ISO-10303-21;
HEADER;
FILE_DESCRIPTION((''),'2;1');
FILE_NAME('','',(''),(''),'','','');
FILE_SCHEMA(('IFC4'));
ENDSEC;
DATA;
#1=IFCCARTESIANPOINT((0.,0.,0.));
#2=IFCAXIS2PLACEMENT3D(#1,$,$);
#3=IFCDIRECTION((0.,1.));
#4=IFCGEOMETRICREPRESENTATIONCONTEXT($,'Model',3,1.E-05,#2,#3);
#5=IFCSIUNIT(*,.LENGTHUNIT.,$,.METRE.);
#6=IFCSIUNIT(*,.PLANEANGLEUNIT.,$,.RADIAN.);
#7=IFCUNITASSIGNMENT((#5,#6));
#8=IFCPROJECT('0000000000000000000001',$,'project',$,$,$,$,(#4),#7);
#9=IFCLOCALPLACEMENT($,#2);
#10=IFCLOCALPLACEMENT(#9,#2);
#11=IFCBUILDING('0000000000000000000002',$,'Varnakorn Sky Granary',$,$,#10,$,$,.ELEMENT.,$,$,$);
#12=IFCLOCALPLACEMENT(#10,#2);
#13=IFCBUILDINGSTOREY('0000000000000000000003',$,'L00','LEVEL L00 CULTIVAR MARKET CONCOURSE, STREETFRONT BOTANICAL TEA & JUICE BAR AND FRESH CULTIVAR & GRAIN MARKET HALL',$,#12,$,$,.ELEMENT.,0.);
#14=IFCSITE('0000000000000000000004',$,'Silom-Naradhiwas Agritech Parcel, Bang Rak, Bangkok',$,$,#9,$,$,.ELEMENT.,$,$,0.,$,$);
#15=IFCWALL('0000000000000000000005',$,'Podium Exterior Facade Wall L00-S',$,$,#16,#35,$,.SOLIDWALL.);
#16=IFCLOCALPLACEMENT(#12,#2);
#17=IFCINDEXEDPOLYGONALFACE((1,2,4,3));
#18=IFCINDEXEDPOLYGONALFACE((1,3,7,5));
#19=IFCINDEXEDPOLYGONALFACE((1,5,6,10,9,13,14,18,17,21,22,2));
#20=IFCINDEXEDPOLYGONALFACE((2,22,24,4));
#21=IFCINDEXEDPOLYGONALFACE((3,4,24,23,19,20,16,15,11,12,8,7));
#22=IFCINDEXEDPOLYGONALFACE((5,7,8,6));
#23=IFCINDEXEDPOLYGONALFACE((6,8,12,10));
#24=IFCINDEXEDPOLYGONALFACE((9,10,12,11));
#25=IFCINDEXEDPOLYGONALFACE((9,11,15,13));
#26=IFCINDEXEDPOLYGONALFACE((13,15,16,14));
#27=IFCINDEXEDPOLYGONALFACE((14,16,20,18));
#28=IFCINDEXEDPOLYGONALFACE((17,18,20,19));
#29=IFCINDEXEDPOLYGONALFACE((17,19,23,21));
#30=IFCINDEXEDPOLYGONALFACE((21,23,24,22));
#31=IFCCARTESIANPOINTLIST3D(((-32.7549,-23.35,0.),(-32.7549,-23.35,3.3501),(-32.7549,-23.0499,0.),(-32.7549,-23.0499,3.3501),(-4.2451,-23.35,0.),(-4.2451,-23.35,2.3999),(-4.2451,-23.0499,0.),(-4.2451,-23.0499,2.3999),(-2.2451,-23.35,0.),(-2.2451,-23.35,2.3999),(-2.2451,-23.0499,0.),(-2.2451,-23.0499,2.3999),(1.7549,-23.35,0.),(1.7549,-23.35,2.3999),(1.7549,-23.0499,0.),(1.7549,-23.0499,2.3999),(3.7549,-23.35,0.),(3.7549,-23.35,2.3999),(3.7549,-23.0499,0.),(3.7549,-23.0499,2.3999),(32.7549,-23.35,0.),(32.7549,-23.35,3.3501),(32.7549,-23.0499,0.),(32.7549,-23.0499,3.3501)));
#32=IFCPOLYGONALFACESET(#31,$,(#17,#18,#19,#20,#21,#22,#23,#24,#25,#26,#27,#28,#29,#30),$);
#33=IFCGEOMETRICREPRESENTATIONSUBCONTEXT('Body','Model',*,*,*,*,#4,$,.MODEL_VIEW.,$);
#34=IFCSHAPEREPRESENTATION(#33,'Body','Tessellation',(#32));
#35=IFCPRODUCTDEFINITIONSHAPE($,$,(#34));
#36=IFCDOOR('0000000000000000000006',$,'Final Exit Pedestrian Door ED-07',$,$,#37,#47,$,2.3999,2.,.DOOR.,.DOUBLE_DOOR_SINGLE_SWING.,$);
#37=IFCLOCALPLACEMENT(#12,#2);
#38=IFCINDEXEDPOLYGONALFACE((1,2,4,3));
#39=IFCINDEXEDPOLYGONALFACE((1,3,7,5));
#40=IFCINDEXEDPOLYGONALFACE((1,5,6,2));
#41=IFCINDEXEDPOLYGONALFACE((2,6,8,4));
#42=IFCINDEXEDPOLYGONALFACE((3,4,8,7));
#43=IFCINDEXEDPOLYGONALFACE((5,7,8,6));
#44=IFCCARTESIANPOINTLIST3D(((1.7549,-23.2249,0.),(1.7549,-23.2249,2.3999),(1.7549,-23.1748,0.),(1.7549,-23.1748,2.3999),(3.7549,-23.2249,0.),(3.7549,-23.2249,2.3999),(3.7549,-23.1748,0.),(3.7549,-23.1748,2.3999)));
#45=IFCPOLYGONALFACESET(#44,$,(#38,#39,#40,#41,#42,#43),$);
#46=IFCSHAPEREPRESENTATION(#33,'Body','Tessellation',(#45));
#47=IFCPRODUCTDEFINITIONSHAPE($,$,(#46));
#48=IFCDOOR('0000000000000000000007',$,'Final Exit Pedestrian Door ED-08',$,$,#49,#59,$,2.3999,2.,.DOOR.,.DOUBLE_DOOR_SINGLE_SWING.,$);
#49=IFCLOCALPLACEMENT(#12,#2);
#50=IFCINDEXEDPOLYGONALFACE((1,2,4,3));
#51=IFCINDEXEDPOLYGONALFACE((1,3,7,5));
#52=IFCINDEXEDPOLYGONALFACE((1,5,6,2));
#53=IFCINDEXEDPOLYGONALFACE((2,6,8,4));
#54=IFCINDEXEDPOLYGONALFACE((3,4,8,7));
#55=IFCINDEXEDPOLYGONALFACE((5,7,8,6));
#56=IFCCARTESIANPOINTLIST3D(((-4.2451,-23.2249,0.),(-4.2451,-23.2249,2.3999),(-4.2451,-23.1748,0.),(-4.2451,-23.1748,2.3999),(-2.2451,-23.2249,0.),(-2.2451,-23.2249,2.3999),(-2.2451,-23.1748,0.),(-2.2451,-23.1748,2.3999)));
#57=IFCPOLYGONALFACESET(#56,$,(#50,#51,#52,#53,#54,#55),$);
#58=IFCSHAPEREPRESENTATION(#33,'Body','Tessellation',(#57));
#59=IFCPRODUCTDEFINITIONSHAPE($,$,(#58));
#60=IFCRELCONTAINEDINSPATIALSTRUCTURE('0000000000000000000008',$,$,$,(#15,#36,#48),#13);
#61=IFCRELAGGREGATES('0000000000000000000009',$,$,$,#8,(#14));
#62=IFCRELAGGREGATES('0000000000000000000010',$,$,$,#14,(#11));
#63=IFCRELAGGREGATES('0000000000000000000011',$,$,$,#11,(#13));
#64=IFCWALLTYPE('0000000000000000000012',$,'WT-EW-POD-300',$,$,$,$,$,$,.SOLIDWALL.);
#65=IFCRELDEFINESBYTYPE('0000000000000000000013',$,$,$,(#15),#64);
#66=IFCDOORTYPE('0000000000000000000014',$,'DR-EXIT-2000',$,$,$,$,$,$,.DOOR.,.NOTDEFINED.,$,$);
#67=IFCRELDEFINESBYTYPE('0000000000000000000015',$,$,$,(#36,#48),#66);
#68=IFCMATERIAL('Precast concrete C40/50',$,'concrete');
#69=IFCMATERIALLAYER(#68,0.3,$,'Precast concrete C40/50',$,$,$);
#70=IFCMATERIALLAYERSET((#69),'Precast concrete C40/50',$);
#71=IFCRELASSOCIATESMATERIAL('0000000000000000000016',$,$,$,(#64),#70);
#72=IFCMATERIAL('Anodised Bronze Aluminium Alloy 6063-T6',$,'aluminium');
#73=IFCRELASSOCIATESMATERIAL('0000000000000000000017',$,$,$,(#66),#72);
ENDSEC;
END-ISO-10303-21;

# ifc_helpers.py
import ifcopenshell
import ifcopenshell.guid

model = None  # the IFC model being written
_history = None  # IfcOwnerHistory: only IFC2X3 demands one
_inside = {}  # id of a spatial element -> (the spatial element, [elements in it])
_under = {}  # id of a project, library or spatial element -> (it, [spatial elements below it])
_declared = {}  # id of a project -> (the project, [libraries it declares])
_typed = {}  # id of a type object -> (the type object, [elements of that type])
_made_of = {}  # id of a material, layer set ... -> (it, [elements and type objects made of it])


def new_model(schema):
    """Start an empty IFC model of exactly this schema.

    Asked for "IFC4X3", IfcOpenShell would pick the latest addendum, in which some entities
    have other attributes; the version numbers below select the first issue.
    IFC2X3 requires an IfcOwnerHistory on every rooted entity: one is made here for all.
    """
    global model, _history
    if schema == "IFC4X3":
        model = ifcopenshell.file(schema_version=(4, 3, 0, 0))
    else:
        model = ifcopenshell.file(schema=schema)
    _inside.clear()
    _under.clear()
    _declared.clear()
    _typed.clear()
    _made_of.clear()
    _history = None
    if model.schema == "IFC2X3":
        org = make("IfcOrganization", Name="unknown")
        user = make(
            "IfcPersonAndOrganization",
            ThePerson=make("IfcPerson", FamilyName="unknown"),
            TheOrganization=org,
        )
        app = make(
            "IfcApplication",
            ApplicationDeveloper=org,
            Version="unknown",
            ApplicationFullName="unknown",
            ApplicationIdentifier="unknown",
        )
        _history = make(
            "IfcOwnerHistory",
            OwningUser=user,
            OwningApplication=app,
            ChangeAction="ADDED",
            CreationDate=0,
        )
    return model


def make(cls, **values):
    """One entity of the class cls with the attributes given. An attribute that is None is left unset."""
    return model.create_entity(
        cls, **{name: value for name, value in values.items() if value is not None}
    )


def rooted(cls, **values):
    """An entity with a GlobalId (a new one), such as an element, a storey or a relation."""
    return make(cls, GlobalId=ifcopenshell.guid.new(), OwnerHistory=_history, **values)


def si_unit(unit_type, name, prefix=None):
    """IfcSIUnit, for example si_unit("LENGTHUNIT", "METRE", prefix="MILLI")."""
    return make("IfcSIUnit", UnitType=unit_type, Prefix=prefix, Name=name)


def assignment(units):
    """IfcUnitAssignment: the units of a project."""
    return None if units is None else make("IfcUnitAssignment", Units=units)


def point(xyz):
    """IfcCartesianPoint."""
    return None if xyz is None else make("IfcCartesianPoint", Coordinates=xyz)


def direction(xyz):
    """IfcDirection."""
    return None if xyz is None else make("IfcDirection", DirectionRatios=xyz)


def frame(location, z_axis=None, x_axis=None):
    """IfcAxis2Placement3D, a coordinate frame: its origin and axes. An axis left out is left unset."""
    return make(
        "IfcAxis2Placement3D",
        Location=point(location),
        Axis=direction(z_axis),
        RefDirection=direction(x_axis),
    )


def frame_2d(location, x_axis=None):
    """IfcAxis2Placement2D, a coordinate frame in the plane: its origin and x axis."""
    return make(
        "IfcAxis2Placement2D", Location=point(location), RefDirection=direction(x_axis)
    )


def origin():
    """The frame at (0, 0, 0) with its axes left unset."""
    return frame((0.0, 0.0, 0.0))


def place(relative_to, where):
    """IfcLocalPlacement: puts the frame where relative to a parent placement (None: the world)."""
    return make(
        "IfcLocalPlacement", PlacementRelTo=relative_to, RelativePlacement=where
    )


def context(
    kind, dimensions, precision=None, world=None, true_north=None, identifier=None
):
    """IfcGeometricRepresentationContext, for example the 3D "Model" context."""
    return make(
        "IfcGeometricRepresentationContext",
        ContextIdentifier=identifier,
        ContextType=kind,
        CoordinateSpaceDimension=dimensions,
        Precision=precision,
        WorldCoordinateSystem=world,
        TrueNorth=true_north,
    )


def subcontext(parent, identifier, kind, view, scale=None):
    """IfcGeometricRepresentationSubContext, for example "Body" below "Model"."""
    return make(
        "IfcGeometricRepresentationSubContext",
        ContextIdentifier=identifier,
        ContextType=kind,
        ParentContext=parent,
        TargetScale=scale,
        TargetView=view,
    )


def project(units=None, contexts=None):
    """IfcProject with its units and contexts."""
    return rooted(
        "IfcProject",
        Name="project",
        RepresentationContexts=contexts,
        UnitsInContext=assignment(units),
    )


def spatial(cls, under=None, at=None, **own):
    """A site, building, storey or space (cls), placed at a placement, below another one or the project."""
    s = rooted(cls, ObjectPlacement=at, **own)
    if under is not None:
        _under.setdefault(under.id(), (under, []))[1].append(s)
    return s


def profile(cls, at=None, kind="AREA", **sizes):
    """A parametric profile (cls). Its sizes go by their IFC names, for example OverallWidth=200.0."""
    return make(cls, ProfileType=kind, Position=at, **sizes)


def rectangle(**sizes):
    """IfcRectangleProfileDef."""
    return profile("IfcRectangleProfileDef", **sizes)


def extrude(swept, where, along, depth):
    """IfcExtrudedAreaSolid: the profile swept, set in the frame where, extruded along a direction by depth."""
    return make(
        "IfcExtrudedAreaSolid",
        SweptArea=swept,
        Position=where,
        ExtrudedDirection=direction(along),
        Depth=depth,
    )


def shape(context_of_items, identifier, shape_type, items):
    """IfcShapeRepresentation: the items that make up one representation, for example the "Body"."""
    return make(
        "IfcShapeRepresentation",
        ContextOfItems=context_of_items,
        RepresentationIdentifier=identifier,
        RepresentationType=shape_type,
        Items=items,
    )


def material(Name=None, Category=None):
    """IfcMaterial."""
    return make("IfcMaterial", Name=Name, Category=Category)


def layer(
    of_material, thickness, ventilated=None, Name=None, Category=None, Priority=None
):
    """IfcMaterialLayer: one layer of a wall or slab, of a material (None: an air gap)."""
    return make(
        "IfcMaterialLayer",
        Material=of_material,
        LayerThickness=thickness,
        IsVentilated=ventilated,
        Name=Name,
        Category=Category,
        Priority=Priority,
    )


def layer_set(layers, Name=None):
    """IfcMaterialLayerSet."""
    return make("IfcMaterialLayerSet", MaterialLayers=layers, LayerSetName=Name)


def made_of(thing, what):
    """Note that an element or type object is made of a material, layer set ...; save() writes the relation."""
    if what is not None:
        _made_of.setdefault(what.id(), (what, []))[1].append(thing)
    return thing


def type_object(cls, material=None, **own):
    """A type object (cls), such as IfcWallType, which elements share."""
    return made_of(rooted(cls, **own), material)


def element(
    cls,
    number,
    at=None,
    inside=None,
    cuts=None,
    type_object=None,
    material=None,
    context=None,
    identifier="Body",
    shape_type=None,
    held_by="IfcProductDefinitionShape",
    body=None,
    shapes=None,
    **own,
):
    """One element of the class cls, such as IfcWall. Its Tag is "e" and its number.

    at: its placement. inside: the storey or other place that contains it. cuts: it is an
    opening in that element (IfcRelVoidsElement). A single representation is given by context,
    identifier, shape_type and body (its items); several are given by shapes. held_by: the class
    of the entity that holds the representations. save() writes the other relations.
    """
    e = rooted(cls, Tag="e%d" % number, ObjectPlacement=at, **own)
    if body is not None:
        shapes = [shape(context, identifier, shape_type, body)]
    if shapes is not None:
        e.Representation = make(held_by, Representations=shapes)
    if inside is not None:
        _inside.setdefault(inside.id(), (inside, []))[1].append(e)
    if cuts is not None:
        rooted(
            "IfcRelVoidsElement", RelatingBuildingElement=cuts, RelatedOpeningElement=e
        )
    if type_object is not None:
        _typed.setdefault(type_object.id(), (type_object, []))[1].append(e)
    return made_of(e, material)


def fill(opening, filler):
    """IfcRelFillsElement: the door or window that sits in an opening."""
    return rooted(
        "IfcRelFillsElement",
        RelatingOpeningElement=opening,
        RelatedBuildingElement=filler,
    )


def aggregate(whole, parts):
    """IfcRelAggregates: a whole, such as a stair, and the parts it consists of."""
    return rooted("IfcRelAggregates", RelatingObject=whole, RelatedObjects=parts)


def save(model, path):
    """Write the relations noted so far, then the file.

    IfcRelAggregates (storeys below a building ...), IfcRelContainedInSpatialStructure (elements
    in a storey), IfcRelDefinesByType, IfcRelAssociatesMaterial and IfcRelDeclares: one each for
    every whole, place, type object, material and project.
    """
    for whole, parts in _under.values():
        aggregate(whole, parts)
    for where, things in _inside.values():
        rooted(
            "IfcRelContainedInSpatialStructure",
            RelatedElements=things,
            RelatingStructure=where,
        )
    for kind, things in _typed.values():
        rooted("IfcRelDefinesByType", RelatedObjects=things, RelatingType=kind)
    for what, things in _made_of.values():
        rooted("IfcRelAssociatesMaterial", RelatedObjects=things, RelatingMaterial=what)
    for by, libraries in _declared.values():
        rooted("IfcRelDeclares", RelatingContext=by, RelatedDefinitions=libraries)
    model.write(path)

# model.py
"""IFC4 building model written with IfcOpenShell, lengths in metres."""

from ifc_helpers import new_model, si_unit, direction, frame, frame_2d, origin, place, context, subcontext, project, spatial, rectangle, extrude, material, layer, layer_set, type_object, element, fill, save


model = new_model("IFC4")

# Units and contexts
model_context = context("Model", 3, precision=1e-05, world=origin(), true_north=direction((0.0, 1.0)))
body_context = subcontext(model_context, "Body", "Model", "MODEL_VIEW")
ifc_project = project(units=[si_unit("LENGTHUNIT", "METRE"), si_unit("PLANEANGLEUNIT", "RADIAN")], contexts=[model_context])

# Site, building, storey
site_placement = place(None, origin())
site = spatial("IfcSite", under=ifc_project, at=site_placement, Name="Silom-Naradhiwas Agritech Parcel, Bang Rak, Bangkok", CompositionType="ELEMENT", RefElevation=0.0)
building_placement = place(site_placement, origin())
building = spatial("IfcBuilding", under=site, at=building_placement, Name="Varnakorn Sky Granary", CompositionType="ELEMENT")
storey_placement = place(building_placement, origin())
storey = spatial("IfcBuildingStorey", under=building, at=storey_placement, Name="L00", Description="LEVEL L00 CULTIVAR MARKET CONCOURSE, STREETFRONT BOTANICAL TEA & JUICE BAR AND FRESH CULTIVAR & GRAIN MARKET HALL", CompositionType="ELEMENT", Elevation=0.0)

# Wall, openings, doors
ifc_material_1 = material(Name="Precast concrete C40/50", Category="concrete")
ifc_layer = layer(ifc_material_1, 0.3, Name="Precast concrete C40/50")
ifc_layer_set = layer_set([ifc_layer], Name="Precast concrete C40/50")
wall_type = type_object("IfcWallType", Name="WT-EW-POD-300", PredefinedType="SOLIDWALL", material=ifc_layer_set)
wall_placement = place(storey_placement, frame((32.7549, -23.2, 0.0), z_axis=(0.0, 0.0, 1.0), x_axis=(-1.0, 0.0, 0.0)))
wall = element("IfcWall", 1, at=wall_placement, inside=storey, type_object=wall_type, Name="Podium Exterior Facade Wall L00-S", PredefinedType="SOLIDWALL", context=body_context, shape_type="SweptSolid", body=[
    extrude(rectangle(XDim=65.5098, YDim=0.3, at=frame_2d((32.7549, 0.0))), origin(), (0.0, 0.0, 1.0), 3.3501),
])
opening_1_placement = place(wall_placement, frame((29.0, 0.0, 0.0)))
opening_1 = element("IfcOpeningElement", 2, at=opening_1_placement, cuts=wall, PredefinedType="OPENING", context=body_context, shape_type="SweptSolid", body=[
    extrude(rectangle(XDim=2.0, YDim=2.3999, at=frame_2d((1.0, 1.2))), frame((0.0, 0.1602, 0.0), z_axis=(0.0, -1.0, 0.0), x_axis=(1.0, 0.0, 0.0)), (0.0, 0.0, 1.0), 0.3201),
])
opening_2_placement = place(wall_placement, frame((35.0, 0.0, 0.0)))
opening_2 = element("IfcOpeningElement", 3, at=opening_2_placement, cuts=wall, PredefinedType="OPENING", context=body_context, shape_type="SweptSolid", body=[
    extrude(rectangle(XDim=2.0, YDim=2.3999, at=frame_2d((1.0, 1.2))), frame((0.0, 0.1602, 0.0), z_axis=(0.0, -1.0, 0.0), x_axis=(1.0, 0.0, 0.0)), (0.0, 0.0, 1.0), 0.3201),
])
ifc_material_2 = material(Name="Anodised Bronze Aluminium Alloy 6063-T6", Category="aluminium")
door_type = type_object("IfcDoorType", Name="DR-EXIT-2000", OperationType="NOTDEFINED", PredefinedType="DOOR", material=ifc_material_2)
door_1_placement = place(opening_1_placement, origin())
door_1 = element("IfcDoor", 4, at=door_1_placement, inside=storey, type_object=door_type, Name="Final Exit Pedestrian Door ED-07", OperationType="DOUBLE_DOOR_SINGLE_SWING", OverallHeight=2.3999, OverallWidth=2.0, PredefinedType="DOOR", context=body_context, shape_type="SweptSolid", body=[
    extrude(rectangle(XDim=2.0, YDim=2.3999, at=frame_2d((1.0, 1.2))), frame((0.0, 0.0249, 0.0), z_axis=(0.0, -1.0, 0.0), x_axis=(1.0, 0.0, 0.0)), (0.0, 0.0, 1.0), 0.05),
])
fill(opening_1, door_1)
door_2_placement = place(opening_2_placement, origin())
door_2 = element("IfcDoor", 5, at=door_2_placement, inside=storey, type_object=door_type, Name="Final Exit Pedestrian Door ED-08", OperationType="DOUBLE_DOOR_SINGLE_SWING", OverallHeight=2.3999, OverallWidth=2.0, PredefinedType="DOOR", context=body_context, shape_type="SweptSolid", body=[
    extrude(rectangle(XDim=2.0, YDim=2.3999, at=frame_2d((1.0, 1.2))), frame((0.0, 0.0249, 0.0), z_axis=(0.0, -1.0, 0.0), x_axis=(1.0, 0.0, 0.0)), (0.0, 0.0, 1.0), 0.05),
])
fill(opening_2, door_2)

save(model, "model.ifc")
